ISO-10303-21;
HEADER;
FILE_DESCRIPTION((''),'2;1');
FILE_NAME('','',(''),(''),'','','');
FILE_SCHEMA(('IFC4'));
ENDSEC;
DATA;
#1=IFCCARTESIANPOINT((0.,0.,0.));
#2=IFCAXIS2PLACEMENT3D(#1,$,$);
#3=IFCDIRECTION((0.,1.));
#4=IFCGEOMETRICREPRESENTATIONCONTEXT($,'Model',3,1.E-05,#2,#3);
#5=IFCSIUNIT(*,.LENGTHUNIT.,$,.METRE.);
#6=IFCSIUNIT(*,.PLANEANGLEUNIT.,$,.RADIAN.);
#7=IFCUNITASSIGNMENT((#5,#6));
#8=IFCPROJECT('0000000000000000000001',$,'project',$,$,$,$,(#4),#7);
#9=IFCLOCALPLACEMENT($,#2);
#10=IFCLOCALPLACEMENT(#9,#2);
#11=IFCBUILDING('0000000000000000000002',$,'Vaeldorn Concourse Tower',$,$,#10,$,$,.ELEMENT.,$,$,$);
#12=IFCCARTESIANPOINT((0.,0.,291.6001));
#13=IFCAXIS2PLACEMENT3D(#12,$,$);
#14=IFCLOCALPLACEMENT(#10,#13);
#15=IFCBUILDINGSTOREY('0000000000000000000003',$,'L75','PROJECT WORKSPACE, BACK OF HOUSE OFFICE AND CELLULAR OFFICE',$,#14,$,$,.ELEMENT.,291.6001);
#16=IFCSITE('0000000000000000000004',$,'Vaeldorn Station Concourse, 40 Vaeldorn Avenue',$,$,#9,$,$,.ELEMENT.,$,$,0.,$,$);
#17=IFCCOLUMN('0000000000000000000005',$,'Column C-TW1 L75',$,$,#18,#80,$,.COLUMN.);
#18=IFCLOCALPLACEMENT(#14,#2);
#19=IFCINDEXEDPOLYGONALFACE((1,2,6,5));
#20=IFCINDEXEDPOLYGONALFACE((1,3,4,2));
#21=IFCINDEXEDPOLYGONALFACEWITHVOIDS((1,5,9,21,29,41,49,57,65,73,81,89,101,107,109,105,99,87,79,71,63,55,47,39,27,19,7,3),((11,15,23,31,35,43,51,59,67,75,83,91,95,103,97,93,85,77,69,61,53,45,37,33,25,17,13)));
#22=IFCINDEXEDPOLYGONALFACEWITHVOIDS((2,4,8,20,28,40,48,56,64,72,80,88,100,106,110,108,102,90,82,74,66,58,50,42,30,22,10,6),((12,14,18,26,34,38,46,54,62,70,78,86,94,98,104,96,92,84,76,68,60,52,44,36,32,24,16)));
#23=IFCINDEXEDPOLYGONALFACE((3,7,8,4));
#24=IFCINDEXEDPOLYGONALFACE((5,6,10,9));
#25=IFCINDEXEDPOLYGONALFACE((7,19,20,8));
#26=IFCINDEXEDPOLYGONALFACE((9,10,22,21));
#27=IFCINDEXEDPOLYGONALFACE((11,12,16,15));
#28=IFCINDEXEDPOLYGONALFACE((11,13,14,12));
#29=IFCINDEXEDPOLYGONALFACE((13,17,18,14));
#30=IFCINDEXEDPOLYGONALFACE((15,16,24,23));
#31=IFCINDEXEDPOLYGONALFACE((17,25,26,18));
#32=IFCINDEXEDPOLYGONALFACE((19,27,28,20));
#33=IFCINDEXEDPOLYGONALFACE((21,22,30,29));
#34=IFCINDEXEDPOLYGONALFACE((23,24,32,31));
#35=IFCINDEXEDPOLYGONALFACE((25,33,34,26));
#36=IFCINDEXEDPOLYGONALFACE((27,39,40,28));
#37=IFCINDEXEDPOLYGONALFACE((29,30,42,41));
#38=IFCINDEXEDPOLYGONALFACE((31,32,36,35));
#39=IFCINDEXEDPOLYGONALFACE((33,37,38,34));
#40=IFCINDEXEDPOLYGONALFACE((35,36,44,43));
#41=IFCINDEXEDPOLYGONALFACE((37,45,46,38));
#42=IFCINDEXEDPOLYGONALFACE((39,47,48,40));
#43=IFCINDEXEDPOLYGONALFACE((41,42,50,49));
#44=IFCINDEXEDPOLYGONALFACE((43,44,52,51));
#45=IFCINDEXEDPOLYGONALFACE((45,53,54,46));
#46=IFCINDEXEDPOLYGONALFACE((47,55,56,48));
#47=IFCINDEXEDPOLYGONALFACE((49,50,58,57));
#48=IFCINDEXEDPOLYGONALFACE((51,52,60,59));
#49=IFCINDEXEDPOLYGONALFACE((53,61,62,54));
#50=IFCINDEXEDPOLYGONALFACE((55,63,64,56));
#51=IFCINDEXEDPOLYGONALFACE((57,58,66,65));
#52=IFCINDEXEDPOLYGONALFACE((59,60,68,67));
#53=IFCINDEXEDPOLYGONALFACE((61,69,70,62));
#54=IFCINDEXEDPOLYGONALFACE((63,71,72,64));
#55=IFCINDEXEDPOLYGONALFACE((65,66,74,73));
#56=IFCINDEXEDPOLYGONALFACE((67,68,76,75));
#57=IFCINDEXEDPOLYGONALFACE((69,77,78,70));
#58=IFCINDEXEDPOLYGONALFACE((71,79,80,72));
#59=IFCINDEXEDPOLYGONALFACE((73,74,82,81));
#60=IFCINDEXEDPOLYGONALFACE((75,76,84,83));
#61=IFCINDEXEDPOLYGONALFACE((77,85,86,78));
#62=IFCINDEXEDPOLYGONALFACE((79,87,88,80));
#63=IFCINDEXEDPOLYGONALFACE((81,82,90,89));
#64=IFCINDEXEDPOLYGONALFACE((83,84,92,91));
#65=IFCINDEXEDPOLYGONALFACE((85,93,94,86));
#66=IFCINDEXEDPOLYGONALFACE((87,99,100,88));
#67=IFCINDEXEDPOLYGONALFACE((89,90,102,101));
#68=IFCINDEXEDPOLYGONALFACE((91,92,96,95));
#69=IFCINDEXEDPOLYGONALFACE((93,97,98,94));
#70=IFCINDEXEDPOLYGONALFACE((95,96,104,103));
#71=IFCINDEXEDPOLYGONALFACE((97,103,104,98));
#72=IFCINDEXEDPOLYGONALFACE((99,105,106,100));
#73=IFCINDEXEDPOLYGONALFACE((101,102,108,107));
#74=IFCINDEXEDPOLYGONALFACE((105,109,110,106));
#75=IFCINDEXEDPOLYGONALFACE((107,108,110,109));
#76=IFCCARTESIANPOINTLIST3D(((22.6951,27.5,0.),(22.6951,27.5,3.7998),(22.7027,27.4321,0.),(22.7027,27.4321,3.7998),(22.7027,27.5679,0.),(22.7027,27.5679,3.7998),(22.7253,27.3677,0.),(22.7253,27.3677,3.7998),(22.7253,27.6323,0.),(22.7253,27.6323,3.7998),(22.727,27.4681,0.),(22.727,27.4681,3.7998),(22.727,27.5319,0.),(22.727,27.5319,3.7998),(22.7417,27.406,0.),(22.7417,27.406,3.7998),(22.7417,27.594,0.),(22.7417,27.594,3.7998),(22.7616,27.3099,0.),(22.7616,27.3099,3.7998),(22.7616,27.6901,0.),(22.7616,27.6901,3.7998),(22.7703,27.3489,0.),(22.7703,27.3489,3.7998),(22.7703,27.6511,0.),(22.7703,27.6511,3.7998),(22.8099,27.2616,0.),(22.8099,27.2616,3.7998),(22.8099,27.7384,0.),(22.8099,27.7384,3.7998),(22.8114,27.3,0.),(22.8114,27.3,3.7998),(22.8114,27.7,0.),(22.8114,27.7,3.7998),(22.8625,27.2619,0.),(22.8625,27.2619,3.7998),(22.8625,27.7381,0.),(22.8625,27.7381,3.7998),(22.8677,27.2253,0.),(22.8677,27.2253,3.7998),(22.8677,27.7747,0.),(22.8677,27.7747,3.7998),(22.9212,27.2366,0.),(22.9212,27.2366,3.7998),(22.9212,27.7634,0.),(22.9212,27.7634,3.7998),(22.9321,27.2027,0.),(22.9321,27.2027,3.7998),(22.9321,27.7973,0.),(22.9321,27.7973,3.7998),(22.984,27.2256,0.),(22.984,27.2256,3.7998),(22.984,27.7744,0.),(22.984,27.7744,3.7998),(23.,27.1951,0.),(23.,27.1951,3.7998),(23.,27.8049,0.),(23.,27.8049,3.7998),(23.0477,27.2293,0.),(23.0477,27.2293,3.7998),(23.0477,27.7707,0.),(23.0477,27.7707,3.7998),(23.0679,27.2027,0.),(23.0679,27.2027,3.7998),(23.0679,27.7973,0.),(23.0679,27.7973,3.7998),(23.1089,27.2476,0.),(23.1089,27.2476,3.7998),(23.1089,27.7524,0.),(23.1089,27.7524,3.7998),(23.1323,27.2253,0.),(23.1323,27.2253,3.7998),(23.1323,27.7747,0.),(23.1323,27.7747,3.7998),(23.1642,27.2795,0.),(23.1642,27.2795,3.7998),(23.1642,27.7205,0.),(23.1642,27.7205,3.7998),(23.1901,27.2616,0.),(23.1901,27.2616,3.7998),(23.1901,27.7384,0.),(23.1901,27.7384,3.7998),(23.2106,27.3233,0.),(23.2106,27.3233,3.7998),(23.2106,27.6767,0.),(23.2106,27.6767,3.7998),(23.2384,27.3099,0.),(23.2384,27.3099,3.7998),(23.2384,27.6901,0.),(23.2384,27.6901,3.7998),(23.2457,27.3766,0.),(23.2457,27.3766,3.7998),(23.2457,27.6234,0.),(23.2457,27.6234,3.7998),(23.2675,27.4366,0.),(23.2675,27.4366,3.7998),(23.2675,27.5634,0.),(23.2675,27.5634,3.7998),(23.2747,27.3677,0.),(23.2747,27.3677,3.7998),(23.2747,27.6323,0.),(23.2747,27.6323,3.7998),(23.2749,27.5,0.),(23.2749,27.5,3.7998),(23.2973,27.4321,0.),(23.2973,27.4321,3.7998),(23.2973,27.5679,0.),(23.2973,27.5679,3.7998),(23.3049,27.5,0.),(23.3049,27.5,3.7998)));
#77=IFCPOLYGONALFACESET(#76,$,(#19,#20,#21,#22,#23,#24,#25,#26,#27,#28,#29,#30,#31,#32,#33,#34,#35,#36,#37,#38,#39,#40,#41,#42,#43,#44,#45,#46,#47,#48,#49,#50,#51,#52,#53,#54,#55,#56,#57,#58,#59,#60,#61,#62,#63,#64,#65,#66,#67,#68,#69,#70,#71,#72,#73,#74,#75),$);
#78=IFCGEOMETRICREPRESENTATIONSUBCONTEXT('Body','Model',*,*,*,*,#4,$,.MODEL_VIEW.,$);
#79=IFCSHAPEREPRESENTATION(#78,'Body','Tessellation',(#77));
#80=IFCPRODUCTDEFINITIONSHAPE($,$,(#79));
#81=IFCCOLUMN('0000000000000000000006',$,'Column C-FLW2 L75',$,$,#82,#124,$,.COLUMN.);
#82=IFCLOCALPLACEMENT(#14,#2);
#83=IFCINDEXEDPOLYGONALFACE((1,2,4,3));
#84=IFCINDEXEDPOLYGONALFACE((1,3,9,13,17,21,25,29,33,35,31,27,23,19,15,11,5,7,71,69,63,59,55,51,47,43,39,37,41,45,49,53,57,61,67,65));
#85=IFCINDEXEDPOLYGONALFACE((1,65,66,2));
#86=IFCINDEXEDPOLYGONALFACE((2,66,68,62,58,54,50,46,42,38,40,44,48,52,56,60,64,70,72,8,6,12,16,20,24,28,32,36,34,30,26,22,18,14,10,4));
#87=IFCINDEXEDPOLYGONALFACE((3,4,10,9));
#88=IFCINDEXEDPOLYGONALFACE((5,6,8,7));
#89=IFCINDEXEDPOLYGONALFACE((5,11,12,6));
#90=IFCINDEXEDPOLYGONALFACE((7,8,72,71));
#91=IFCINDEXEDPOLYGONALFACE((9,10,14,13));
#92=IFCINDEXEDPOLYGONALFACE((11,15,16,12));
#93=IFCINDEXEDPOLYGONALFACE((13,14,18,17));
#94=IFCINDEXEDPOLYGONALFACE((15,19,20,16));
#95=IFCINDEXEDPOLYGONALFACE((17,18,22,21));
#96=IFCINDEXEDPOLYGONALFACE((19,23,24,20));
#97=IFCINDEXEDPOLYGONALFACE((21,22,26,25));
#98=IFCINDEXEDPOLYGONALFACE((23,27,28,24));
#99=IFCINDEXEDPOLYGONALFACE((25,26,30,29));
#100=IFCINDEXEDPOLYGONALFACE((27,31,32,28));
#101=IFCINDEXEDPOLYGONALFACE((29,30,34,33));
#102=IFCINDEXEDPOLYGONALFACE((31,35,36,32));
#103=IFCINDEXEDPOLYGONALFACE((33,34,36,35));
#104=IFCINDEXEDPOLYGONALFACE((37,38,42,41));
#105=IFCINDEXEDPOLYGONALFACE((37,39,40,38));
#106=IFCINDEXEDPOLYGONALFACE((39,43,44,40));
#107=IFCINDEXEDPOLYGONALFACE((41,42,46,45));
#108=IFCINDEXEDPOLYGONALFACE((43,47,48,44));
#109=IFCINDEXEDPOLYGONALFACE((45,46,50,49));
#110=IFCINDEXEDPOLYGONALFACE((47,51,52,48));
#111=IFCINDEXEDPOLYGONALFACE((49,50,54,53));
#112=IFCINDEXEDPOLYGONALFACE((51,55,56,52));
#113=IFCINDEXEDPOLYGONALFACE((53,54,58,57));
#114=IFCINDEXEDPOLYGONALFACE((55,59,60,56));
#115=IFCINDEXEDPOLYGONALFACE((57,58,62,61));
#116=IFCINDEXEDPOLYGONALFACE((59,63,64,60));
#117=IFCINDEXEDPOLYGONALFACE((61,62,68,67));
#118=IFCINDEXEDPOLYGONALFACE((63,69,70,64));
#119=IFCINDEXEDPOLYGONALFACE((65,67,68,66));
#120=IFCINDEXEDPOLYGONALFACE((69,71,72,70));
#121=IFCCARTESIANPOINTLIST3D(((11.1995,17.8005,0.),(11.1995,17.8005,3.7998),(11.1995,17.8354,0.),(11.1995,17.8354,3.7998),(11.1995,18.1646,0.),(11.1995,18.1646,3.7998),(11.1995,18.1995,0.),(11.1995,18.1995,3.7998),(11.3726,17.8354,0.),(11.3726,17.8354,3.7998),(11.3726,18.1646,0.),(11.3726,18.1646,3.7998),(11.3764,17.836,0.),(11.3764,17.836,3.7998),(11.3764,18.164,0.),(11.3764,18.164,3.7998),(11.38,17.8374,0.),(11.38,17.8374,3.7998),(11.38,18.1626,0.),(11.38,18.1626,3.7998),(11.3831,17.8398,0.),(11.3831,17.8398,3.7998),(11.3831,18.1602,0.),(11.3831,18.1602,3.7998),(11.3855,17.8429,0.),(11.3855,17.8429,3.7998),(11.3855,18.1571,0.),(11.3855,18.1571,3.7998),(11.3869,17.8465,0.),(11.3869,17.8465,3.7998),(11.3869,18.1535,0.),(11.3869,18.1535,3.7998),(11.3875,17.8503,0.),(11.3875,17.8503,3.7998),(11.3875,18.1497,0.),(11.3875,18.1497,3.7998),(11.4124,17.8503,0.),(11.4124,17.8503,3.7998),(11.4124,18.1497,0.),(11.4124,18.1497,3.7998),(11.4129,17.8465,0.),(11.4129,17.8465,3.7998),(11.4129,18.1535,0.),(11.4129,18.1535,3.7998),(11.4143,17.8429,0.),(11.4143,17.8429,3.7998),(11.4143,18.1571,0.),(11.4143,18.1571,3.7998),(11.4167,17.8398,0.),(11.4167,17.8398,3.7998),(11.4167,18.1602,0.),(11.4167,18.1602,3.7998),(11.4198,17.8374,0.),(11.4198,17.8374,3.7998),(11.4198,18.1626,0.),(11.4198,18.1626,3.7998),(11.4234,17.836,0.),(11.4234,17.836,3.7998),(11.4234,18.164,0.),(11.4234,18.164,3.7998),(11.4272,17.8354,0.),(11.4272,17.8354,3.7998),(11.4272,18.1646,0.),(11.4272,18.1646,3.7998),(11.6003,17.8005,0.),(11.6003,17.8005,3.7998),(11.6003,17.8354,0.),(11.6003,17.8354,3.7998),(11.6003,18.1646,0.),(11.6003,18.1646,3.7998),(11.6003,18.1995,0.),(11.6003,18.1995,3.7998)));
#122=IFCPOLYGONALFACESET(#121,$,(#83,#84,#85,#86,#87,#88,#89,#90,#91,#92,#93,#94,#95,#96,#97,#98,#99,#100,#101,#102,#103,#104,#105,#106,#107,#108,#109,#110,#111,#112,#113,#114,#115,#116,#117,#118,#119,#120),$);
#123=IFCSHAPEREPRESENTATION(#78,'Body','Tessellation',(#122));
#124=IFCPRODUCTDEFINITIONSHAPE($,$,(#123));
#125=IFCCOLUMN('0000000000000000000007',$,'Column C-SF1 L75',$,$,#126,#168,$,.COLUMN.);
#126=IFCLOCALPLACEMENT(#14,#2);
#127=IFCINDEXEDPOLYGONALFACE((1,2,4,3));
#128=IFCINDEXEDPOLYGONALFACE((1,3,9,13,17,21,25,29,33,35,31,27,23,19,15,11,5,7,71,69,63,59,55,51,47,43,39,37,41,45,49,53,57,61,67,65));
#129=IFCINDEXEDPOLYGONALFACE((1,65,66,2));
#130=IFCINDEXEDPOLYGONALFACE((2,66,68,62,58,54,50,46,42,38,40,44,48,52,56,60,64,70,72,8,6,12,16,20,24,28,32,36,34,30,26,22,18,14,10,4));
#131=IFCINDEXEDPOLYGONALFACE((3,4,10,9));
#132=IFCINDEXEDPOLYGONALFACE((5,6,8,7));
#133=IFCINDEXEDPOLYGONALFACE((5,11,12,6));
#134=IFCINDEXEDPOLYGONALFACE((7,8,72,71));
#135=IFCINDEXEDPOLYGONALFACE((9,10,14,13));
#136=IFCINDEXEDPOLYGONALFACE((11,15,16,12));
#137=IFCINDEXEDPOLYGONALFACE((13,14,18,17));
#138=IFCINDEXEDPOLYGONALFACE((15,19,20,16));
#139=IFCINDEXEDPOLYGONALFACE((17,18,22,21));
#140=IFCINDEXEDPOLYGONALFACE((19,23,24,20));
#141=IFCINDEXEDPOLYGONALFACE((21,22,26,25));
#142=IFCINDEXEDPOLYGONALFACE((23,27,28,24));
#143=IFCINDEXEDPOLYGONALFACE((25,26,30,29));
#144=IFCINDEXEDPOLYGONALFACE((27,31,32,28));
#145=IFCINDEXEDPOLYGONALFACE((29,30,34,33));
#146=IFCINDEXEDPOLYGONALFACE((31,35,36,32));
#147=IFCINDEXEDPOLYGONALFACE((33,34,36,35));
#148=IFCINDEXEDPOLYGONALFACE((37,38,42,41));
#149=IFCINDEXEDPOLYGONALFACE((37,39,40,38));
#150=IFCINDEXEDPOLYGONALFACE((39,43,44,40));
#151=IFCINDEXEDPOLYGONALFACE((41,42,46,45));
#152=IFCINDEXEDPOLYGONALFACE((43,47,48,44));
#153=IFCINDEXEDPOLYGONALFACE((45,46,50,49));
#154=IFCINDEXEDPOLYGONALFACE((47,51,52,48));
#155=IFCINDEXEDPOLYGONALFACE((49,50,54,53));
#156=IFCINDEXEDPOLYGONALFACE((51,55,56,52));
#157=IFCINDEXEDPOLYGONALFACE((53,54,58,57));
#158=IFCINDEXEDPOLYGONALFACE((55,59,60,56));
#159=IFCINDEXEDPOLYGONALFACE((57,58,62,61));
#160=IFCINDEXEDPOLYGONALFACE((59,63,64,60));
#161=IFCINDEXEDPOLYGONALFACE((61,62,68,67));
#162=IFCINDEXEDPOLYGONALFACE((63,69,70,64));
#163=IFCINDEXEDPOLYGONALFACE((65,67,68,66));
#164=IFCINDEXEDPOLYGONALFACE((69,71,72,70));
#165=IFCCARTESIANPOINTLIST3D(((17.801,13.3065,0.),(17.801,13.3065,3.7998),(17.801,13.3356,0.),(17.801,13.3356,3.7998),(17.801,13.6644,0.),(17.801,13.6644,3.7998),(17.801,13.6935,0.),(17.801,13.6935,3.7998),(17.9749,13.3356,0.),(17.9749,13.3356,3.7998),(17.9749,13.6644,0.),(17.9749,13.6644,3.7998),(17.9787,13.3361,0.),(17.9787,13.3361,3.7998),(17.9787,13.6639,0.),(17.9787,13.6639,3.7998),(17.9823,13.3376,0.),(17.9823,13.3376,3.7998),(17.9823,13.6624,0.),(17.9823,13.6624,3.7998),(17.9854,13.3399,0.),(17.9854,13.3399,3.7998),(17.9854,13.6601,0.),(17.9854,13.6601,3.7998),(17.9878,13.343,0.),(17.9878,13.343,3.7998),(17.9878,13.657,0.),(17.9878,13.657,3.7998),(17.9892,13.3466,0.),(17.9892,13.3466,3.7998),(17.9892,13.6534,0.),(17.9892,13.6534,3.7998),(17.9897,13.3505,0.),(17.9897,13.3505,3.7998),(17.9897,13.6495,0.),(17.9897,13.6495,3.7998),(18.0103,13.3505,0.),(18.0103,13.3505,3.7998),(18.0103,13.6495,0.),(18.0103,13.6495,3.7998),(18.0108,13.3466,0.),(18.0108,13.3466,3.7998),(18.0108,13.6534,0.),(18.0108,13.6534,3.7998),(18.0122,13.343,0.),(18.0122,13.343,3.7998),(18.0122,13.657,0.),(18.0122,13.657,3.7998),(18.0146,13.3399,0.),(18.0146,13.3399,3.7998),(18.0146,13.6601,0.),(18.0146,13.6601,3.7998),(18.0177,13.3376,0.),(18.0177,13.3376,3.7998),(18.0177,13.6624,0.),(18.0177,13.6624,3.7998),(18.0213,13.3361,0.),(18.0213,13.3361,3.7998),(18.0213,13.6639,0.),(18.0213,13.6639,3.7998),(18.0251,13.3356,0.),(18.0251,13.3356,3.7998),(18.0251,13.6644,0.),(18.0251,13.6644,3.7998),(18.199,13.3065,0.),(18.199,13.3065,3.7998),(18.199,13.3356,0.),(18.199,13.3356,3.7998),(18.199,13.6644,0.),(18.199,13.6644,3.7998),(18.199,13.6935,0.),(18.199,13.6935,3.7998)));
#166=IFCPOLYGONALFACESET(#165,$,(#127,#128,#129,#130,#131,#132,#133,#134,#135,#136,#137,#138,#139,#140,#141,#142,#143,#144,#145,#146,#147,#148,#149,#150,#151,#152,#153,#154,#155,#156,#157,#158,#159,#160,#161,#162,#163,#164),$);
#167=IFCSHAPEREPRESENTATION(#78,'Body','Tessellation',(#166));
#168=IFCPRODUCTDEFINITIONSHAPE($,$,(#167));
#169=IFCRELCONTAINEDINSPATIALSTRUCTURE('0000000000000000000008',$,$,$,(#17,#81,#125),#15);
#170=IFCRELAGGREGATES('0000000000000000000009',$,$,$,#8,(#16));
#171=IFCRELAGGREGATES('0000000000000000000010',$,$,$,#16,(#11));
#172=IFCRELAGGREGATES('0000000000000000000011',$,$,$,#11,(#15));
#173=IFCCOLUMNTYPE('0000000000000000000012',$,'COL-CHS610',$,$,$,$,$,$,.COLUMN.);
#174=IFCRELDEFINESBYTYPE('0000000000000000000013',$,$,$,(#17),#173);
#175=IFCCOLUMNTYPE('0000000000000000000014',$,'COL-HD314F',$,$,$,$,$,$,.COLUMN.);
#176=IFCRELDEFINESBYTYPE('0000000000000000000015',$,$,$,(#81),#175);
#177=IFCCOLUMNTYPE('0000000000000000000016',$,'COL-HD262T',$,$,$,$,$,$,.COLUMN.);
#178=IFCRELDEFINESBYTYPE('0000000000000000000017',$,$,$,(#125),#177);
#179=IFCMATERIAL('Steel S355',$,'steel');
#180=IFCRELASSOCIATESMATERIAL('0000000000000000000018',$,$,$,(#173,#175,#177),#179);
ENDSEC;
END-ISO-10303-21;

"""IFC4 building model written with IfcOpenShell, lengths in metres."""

from ifc_helpers import new_model, si_unit, direction, frame, origin, origin_2d, place, context, subcontext, project, spatial, hollow_circle, i_section, extrude, source, transform, mapped, material, material_profile, profile_set, type_object, element, save


model = new_model("IFC4")

# Units and contexts
model_context = context("Model", 3, precision=1e-05, world=origin(), true_north=direction((0.0, 1.0)))
body_context = subcontext(model_context, "Body", "Model", "MODEL_VIEW")
ifc_project = project(units=[si_unit("LENGTHUNIT", "METRE"), si_unit("PLANEANGLEUNIT", "RADIAN")], contexts=[model_context])

# Site, building, storey
site_placement = place(None, origin())
site = spatial("IfcSite", under=ifc_project, at=site_placement, Name="Vaeldorn Station Concourse, 40 Vaeldorn Avenue", CompositionType="ELEMENT", RefElevation=0.0)
building_placement = place(site_placement, origin())
building = spatial("IfcBuilding", under=site, at=building_placement, Name="Vaeldorn Concourse Tower", CompositionType="ELEMENT")
storey_placement = place(building_placement, frame((0.0, 0.0, 291.6001)))
storey = spatial("IfcBuildingStorey", under=building, at=storey_placement, Name="L75", Description="PROJECT WORKSPACE, BACK OF HOUSE OFFICE AND CELLULAR OFFICE", CompositionType="ELEMENT", Elevation=291.6001)

# Columns
ifc_material_1 = material(Name="Steel S355", Category="steel")
ifc_material_profile_1 = material_profile(ifc_material_1, hollow_circle(Radius=0.3049, WallThickness=0.03, at=origin_2d()), Name="CHS 610x30")
ifc_profile_set_1 = profile_set([ifc_material_profile_1], Name="Steel S355")
column_type_1 = type_object("IfcColumnType", Name="COL-CHS610", PredefinedType="COLUMN", material=ifc_profile_set_1)
shared_shape_1 = source(origin(), body_context, "Body", "SweptSolid", [
    extrude(hollow_circle(Radius=0.3049, WallThickness=0.03, at=origin_2d()), origin(), (0.0, 0.0, 1.0), 3.7998),
])
column_1_placement = place(storey_placement, frame((23.0, 27.5, 0.0), z_axis=(0.0, 0.0, 1.0), x_axis=(1.0, 0.0, 0.0)))
element("IfcColumn", 1, at=column_1_placement, inside=storey, type_object=column_type_1, Name="Column C-TW1 L75", PredefinedType="COLUMN", context=body_context, shape_type="MappedRepresentation", body=[
    mapped(shared_shape_1, transform((0.0, 0.0, 0.0), scale=1.0)),
])
ifc_material_profile_2 = material_profile(ifc_material_1, i_section(OverallWidth=0.4009, OverallDepth=0.3989, WebThickness=0.0249, FlangeThickness=0.0349, FilletRadius=0.0149, at=origin_2d()), Name="HD 400x314")
ifc_profile_set_2 = profile_set([ifc_material_profile_2], Name="Steel S355")
column_type_2 = type_object("IfcColumnType", Name="COL-HD314F", PredefinedType="COLUMN", material=ifc_profile_set_2)
shared_shape_2 = source(origin(), body_context, "Body", "SweptSolid", [
    extrude(i_section(OverallWidth=0.4009, OverallDepth=0.3989, WebThickness=0.0249, FlangeThickness=0.0349, FilletRadius=0.0149, at=origin_2d()), origin(), (0.0, 0.0, 1.0), 3.7998),
])
column_2_placement = place(storey_placement, frame((11.3999, 18.0, 0.0), z_axis=(0.0, 0.0, 1.0), x_axis=(1.0, 0.0, 0.0)))
element("IfcColumn", 2, at=column_2_placement, inside=storey, type_object=column_type_2, Name="Column C-FLW2 L75", PredefinedType="COLUMN", context=body_context, shape_type="MappedRepresentation", body=[
    mapped(shared_shape_2, transform((0.0, 0.0, 0.0), scale=1.0)),
])
ifc_material_profile_3 = material_profile(ifc_material_1, i_section(OverallWidth=0.3979, OverallDepth=0.387, WebThickness=0.0205, FlangeThickness=0.0291, FilletRadius=0.0149, at=origin_2d()), Name="HD 400x262")
ifc_profile_set_3 = profile_set([ifc_material_profile_3], Name="Steel S355")
column_type_3 = type_object("IfcColumnType", Name="COL-HD262T", PredefinedType="COLUMN", material=ifc_profile_set_3)
shared_shape_3 = source(origin(), body_context, "Body", "SweptSolid", [
    extrude(i_section(OverallWidth=0.3979, OverallDepth=0.387, WebThickness=0.0205, FlangeThickness=0.0291, FilletRadius=0.0149, at=origin_2d()), origin(), (0.0, 0.0, 1.0), 3.7998),
])
for number, where, z_axis, x_axis, name in (
    (3, (18.0, 13.5, 0.0), (0.0, 0.0, 1.0), (1.0, 0.0, 0.0), "Column C-SF1 L75"),
):
    element("IfcColumn", number, at=place(storey_placement, frame(where, z_axis=z_axis, x_axis=x_axis)), inside=storey, type_object=column_type_3, Name=name, PredefinedType="COLUMN", context=body_context, shape_type="MappedRepresentation", body=[
        mapped(shared_shape_3, transform((0.0, 0.0, 0.0), scale=1.0)),
    ])

save(model, "model.ifc")
